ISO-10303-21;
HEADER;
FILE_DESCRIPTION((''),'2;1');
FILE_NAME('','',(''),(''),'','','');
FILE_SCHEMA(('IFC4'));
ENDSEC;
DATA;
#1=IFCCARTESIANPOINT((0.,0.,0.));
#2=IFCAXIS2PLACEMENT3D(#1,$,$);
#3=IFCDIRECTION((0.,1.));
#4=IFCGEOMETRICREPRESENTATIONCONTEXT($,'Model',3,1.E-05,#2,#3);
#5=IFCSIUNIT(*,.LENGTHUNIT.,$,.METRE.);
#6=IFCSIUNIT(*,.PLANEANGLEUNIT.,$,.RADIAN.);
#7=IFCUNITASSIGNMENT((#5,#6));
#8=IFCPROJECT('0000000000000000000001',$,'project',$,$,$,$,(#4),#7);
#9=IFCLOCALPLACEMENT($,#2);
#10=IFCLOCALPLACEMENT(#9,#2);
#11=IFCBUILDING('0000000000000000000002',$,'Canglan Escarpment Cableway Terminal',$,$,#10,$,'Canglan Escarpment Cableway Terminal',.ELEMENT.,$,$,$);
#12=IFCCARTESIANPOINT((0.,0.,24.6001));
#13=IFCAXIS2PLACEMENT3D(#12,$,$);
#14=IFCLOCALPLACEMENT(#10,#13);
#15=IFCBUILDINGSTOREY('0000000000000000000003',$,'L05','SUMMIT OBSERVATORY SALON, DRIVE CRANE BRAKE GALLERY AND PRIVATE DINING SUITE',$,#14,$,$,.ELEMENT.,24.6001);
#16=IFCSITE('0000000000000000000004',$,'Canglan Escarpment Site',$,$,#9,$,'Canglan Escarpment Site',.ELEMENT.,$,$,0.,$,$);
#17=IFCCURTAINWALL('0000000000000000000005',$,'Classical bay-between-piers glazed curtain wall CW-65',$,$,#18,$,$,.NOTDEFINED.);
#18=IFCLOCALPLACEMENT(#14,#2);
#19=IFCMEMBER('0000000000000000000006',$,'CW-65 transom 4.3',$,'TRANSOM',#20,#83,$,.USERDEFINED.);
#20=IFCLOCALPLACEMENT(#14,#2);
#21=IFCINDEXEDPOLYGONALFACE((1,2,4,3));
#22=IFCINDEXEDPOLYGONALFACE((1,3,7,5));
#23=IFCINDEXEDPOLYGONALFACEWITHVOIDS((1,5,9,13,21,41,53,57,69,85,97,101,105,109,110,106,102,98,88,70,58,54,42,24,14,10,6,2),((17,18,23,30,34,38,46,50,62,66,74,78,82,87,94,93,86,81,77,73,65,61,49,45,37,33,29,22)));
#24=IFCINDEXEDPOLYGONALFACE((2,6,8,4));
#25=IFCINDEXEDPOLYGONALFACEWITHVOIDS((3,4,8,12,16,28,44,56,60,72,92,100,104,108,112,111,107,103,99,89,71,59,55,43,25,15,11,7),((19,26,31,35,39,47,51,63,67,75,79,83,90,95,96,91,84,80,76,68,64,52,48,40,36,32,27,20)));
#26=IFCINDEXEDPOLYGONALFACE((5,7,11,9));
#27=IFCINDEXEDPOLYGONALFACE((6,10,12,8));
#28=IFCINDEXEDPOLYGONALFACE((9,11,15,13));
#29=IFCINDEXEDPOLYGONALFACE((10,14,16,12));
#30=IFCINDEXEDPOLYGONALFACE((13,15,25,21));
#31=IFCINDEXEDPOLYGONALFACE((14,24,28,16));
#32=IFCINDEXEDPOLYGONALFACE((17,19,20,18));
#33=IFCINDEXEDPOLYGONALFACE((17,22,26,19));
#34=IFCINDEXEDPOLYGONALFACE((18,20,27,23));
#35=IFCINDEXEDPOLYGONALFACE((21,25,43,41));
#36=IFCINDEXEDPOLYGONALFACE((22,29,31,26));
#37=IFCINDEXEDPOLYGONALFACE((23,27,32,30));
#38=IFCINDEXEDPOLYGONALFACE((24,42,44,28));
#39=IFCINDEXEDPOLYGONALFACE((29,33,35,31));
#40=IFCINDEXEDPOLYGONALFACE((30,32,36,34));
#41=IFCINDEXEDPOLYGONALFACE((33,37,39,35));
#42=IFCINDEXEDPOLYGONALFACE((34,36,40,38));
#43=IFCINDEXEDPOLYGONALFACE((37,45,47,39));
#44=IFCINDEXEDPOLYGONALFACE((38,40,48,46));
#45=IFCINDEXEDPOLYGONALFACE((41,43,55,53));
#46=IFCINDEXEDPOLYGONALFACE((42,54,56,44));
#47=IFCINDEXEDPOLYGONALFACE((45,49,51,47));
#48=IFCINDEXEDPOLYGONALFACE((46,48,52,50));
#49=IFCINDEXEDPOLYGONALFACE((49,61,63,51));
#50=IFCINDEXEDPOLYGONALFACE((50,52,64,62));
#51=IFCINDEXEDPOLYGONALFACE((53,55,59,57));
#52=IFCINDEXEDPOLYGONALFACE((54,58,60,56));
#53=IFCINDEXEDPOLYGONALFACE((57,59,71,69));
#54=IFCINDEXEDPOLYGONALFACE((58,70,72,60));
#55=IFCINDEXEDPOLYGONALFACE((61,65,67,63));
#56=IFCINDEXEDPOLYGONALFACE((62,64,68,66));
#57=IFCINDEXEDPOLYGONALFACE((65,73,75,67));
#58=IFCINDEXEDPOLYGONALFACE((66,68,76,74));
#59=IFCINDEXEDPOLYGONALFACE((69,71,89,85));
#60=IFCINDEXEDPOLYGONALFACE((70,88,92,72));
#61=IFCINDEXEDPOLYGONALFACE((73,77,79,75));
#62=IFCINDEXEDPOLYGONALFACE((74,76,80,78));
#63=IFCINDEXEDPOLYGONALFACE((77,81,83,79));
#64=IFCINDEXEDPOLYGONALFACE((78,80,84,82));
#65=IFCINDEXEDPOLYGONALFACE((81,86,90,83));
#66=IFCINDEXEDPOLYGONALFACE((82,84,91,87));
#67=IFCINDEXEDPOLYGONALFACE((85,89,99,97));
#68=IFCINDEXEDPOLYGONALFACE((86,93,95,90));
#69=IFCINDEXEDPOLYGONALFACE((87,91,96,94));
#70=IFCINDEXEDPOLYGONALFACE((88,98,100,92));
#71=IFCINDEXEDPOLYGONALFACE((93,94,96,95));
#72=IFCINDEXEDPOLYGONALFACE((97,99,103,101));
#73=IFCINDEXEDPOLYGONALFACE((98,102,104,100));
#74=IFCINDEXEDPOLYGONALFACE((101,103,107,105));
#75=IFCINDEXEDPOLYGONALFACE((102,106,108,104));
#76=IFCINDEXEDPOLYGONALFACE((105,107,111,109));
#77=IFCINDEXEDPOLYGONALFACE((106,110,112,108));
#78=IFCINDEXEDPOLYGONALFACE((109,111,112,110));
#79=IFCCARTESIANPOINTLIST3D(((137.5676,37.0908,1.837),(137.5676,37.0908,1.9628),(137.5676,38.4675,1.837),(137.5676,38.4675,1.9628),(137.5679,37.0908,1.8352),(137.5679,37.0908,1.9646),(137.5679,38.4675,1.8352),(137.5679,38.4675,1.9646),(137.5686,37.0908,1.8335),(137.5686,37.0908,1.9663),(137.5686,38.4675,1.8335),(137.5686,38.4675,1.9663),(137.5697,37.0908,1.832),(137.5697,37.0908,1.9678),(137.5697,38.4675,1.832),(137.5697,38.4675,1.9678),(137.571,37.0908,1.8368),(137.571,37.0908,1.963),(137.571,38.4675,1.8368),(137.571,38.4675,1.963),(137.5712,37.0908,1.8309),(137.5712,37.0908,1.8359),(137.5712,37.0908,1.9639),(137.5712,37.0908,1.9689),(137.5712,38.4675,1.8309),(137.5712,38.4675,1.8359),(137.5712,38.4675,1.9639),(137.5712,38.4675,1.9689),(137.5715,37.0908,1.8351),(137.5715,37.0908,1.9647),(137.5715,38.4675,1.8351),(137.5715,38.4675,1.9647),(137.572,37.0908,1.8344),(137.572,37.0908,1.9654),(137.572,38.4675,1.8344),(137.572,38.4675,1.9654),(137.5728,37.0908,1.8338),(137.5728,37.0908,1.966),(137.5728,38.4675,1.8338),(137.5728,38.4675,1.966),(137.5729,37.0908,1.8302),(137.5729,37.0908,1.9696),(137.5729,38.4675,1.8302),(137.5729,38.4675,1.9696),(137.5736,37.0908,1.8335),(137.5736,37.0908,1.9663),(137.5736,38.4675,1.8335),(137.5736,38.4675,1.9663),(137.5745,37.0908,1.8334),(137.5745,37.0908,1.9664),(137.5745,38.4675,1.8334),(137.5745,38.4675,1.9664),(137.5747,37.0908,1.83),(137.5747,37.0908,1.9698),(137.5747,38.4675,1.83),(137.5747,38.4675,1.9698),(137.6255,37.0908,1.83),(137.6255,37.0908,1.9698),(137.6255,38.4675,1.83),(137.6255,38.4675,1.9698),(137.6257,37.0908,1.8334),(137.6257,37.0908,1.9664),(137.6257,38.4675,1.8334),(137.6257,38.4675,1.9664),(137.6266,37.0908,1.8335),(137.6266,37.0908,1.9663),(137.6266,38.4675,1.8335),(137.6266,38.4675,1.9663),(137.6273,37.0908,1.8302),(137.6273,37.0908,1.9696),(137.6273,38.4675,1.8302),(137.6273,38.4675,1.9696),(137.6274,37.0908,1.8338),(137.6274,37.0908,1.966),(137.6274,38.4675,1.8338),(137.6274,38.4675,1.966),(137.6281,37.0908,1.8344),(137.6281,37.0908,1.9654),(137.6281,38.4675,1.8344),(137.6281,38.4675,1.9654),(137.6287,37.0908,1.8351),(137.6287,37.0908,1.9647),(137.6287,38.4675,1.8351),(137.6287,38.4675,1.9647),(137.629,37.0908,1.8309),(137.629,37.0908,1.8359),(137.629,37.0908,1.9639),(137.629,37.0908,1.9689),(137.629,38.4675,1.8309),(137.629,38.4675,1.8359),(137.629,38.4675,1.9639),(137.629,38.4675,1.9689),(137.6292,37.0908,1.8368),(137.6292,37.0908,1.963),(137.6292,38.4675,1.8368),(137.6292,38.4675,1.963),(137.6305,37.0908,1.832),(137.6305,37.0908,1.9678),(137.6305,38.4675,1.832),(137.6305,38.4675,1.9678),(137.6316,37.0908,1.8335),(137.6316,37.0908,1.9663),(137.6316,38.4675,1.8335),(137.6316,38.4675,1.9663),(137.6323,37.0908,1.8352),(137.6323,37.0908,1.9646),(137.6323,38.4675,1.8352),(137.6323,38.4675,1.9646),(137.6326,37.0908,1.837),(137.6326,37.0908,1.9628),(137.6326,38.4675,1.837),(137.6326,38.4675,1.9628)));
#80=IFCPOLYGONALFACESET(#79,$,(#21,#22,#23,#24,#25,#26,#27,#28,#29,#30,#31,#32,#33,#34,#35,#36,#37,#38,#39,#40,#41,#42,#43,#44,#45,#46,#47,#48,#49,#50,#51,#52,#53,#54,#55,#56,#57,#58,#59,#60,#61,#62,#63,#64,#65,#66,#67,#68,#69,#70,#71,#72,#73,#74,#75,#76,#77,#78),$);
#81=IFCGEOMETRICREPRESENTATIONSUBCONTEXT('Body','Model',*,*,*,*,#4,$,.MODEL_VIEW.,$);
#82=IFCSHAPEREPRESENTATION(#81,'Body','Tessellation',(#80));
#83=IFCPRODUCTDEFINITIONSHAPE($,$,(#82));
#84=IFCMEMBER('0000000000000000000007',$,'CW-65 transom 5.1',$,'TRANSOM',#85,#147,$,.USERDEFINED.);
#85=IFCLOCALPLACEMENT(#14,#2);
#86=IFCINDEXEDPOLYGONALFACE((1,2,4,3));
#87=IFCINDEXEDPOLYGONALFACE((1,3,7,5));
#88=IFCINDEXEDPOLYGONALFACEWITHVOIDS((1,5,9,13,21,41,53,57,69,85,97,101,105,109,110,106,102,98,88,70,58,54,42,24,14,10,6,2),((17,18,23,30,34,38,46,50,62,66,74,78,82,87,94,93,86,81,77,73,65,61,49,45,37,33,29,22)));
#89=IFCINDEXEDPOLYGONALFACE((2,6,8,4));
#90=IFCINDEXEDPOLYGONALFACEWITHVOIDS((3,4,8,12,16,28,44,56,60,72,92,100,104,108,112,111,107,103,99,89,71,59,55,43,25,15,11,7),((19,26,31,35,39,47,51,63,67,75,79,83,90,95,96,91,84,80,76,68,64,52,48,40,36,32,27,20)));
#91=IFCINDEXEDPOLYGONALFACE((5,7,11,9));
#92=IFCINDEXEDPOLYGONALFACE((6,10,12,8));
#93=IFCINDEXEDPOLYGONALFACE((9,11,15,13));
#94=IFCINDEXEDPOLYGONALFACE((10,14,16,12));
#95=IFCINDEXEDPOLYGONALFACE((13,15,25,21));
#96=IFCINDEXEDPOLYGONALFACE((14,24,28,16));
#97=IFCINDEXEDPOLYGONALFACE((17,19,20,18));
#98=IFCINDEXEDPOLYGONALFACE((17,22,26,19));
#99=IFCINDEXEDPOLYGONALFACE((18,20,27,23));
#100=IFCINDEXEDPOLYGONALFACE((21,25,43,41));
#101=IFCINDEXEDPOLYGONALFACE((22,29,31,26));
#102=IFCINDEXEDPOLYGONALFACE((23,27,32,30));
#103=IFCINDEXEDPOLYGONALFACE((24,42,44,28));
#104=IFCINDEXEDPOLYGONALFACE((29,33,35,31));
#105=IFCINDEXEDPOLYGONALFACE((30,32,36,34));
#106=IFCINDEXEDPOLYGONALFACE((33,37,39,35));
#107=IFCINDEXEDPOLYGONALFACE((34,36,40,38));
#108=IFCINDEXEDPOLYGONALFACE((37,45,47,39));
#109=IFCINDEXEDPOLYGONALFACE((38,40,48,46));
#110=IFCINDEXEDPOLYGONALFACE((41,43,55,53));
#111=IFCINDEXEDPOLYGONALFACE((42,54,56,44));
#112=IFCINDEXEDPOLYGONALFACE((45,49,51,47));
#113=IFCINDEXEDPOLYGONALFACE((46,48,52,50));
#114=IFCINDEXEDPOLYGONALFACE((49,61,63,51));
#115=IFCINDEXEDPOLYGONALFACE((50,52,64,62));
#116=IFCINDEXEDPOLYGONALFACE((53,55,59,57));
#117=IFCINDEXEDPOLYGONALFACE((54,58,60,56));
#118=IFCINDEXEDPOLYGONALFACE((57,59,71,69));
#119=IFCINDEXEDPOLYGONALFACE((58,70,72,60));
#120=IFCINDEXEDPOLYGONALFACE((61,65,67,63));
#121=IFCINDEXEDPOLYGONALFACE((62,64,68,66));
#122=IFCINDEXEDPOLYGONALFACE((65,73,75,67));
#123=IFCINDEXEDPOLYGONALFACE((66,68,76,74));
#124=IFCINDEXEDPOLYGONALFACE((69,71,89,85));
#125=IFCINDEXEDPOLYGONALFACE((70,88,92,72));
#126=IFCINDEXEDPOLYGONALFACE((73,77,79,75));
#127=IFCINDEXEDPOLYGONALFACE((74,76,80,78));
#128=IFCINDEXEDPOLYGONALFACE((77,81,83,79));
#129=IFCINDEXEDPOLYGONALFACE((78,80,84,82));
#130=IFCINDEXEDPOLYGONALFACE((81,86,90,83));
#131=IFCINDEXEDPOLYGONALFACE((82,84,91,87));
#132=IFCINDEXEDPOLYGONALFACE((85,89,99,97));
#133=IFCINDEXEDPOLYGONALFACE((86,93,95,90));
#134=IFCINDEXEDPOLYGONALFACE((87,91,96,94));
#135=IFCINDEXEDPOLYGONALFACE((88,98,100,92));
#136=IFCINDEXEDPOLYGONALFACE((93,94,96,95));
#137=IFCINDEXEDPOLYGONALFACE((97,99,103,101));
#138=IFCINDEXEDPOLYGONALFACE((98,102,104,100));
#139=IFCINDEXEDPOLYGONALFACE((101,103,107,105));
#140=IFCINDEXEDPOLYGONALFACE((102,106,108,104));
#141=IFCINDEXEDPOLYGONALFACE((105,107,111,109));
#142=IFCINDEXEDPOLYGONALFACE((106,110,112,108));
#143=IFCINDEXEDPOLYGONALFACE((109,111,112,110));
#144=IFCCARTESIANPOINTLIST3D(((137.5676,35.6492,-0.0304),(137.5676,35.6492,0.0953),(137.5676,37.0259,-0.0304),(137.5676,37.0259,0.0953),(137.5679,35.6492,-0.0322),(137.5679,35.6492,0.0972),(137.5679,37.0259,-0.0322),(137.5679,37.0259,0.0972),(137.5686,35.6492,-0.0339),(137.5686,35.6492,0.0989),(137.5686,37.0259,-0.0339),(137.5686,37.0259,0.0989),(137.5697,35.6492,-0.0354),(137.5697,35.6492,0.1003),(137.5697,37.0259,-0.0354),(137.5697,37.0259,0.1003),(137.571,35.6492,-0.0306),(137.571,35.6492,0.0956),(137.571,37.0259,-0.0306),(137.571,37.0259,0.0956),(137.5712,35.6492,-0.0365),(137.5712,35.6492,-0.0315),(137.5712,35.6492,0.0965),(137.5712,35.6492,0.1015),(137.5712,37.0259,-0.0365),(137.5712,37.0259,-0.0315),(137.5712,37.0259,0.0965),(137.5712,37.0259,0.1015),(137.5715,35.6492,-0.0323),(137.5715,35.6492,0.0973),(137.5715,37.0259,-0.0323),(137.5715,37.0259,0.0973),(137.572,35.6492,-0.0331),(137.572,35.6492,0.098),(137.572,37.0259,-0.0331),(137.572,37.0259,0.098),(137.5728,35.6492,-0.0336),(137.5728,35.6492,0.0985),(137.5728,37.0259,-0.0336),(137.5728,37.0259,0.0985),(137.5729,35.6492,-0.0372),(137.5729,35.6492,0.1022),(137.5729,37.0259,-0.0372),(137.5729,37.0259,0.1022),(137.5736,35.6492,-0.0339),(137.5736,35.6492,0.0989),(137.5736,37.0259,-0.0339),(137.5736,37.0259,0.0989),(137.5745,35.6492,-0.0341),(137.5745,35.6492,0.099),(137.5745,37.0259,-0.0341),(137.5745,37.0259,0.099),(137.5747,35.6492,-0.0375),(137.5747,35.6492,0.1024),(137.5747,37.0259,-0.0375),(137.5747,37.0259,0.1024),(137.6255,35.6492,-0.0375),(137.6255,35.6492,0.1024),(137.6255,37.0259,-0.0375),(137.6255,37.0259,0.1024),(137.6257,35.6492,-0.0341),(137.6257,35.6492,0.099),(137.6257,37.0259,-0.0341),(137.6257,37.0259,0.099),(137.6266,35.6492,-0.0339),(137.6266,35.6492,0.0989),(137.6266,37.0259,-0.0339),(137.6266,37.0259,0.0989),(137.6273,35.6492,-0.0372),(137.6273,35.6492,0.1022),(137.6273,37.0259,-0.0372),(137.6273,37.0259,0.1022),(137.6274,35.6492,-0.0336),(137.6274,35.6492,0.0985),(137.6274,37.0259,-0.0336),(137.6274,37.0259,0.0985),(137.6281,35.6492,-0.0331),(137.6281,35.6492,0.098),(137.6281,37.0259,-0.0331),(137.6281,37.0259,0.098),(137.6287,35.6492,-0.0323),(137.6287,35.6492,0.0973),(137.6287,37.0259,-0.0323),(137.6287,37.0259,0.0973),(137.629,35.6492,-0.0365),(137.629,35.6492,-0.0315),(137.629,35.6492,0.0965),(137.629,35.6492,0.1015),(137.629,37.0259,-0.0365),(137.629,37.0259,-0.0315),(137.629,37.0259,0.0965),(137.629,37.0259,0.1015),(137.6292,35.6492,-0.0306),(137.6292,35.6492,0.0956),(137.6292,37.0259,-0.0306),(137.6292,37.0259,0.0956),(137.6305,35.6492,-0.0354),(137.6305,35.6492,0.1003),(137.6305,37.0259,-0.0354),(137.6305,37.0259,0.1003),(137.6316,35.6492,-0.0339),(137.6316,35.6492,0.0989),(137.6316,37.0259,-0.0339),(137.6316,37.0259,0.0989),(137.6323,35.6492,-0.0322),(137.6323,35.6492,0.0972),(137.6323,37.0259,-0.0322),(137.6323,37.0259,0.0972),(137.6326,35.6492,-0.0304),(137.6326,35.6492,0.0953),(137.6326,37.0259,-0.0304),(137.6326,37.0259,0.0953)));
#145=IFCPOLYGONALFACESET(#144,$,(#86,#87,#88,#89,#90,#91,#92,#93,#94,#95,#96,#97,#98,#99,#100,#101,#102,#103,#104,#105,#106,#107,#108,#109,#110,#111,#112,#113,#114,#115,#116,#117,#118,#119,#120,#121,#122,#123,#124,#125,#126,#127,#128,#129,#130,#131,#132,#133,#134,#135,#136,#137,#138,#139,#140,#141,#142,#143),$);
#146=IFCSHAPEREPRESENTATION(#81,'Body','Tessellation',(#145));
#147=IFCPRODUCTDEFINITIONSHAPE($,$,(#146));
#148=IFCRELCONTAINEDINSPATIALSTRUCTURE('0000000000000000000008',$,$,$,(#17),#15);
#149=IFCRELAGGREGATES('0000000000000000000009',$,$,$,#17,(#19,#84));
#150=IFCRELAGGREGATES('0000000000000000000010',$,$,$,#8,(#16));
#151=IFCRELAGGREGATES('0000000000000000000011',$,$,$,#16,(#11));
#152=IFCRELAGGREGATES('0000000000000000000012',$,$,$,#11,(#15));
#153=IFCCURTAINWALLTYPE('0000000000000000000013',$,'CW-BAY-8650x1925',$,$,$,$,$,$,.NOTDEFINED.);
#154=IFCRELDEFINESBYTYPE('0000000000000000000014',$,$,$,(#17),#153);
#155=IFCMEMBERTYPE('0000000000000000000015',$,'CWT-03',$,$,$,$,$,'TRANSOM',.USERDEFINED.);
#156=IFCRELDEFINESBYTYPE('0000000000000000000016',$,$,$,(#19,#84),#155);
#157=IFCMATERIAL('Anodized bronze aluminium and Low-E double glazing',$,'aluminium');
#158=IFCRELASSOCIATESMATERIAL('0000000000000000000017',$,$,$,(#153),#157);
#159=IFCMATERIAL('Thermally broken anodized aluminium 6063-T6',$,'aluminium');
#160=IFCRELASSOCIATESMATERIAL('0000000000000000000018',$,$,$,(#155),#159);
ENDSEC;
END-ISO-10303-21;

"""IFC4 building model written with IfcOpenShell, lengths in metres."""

from ifc_helpers import new_model, si_unit, direction, frame, origin, origin_2d, place, context, subcontext, project, spatial, hollow_rectangle, extrude, material, material_profile, profile_set, type_object, element, aggregate, save


model = new_model("IFC4")

# Units and contexts
model_context = context("Model", 3, precision=1e-05, world=origin(), true_north=direction((0.0, 1.0)))
body_context = subcontext(model_context, "Body", "Model", "MODEL_VIEW")
ifc_project = project(units=[si_unit("LENGTHUNIT", "METRE"), si_unit("PLANEANGLEUNIT", "RADIAN")], contexts=[model_context])

# Site, building, storey
site_placement = place(None, origin())
site = spatial("IfcSite", under=ifc_project, at=site_placement, Name="Canglan Escarpment Site", LongName="Canglan Escarpment Site", CompositionType="ELEMENT", RefElevation=0.0)
building_placement = place(site_placement, origin())
building = spatial("IfcBuilding", under=site, at=building_placement, Name="Canglan Escarpment Cableway Terminal", LongName="Canglan Escarpment Cableway Terminal", CompositionType="ELEMENT")
storey_placement = place(building_placement, frame((0.0, 0.0, 24.6001)))
storey = spatial("IfcBuildingStorey", under=building, at=storey_placement, Name="L05", Description="SUMMIT OBSERVATORY SALON, DRIVE CRANE BRAKE GALLERY AND PRIVATE DINING SUITE", CompositionType="ELEMENT", Elevation=24.6001)

# Curtain wall, members
ifc_material_1 = material(Name="Anodized bronze aluminium and Low-E double glazing", Category="aluminium")
curtain_wall_type = type_object("IfcCurtainWallType", Name="CW-BAY-8650x1925", PredefinedType="NOTDEFINED", material=ifc_material_1)
curtain_wall_placement = place(storey_placement, origin())
curtain_wall = element("IfcCurtainWall", 1, at=curtain_wall_placement, inside=storey, type_object=curtain_wall_type, Name="Classical bay-between-piers glazed curtain wall CW-65", PredefinedType="NOTDEFINED")
ifc_material_2 = material(Name="Thermally broken anodized aluminium 6063-T6", Category="aluminium")
ifc_material_profile_1 = material_profile(ifc_material_2, hollow_rectangle(XDim=0.0649, YDim=0.1399, WallThickness=0.0034, InnerFilletRadius=0.0034, OuterFilletRadius=0.0071, at=origin_2d()), Name="ALU-TRAN 65x140x3.5")
ifc_profile_set_1 = profile_set([ifc_material_profile_1], Name="Thermally broken anodized aluminium 6063-T6")
member_type_1 = type_object("IfcMemberType", Name="CWT-03", ElementType="TRANSOM", PredefinedType="USERDEFINED", material=ifc_profile_set_1)
member_1_placement = place(storey_placement, frame((137.6001, 38.4675, 1.8999), z_axis=(0.0, -1.0, 0.0), x_axis=(1.0, 0.0, 0.0)))
member_1 = element("IfcMember", 2, at=member_1_placement, type_object=member_type_1, Name="CW-65 transom 4.3", ObjectType="TRANSOM", PredefinedType="USERDEFINED", context=body_context, shape_type="SweptSolid", body=[
    extrude(hollow_rectangle(XDim=0.0649, YDim=0.1399, WallThickness=0.0034, InnerFilletRadius=0.0034, OuterFilletRadius=0.0071, at=origin_2d()), origin(), (0.0, 0.0, 1.0), 1.3767),
])
member_2_placement = place(storey_placement, frame((137.6001, 37.0259, 0.0325), z_axis=(0.0, -1.0, 0.0), x_axis=(1.0, 0.0, 0.0)))
member_2 = element("IfcMember", 3, at=member_2_placement, type_object=member_type_1, Name="CW-65 transom 5.1", ObjectType="TRANSOM", PredefinedType="USERDEFINED", context=body_context, shape_type="SweptSolid", body=[
    extrude(hollow_rectangle(XDim=0.0649, YDim=0.1399, WallThickness=0.0034, InnerFilletRadius=0.0034, OuterFilletRadius=0.0071, at=origin_2d()), origin(), (0.0, 0.0, 1.0), 1.3767),
])

aggregate(curtain_wall, [member_1, member_2])

save(model, "model.ifc")
